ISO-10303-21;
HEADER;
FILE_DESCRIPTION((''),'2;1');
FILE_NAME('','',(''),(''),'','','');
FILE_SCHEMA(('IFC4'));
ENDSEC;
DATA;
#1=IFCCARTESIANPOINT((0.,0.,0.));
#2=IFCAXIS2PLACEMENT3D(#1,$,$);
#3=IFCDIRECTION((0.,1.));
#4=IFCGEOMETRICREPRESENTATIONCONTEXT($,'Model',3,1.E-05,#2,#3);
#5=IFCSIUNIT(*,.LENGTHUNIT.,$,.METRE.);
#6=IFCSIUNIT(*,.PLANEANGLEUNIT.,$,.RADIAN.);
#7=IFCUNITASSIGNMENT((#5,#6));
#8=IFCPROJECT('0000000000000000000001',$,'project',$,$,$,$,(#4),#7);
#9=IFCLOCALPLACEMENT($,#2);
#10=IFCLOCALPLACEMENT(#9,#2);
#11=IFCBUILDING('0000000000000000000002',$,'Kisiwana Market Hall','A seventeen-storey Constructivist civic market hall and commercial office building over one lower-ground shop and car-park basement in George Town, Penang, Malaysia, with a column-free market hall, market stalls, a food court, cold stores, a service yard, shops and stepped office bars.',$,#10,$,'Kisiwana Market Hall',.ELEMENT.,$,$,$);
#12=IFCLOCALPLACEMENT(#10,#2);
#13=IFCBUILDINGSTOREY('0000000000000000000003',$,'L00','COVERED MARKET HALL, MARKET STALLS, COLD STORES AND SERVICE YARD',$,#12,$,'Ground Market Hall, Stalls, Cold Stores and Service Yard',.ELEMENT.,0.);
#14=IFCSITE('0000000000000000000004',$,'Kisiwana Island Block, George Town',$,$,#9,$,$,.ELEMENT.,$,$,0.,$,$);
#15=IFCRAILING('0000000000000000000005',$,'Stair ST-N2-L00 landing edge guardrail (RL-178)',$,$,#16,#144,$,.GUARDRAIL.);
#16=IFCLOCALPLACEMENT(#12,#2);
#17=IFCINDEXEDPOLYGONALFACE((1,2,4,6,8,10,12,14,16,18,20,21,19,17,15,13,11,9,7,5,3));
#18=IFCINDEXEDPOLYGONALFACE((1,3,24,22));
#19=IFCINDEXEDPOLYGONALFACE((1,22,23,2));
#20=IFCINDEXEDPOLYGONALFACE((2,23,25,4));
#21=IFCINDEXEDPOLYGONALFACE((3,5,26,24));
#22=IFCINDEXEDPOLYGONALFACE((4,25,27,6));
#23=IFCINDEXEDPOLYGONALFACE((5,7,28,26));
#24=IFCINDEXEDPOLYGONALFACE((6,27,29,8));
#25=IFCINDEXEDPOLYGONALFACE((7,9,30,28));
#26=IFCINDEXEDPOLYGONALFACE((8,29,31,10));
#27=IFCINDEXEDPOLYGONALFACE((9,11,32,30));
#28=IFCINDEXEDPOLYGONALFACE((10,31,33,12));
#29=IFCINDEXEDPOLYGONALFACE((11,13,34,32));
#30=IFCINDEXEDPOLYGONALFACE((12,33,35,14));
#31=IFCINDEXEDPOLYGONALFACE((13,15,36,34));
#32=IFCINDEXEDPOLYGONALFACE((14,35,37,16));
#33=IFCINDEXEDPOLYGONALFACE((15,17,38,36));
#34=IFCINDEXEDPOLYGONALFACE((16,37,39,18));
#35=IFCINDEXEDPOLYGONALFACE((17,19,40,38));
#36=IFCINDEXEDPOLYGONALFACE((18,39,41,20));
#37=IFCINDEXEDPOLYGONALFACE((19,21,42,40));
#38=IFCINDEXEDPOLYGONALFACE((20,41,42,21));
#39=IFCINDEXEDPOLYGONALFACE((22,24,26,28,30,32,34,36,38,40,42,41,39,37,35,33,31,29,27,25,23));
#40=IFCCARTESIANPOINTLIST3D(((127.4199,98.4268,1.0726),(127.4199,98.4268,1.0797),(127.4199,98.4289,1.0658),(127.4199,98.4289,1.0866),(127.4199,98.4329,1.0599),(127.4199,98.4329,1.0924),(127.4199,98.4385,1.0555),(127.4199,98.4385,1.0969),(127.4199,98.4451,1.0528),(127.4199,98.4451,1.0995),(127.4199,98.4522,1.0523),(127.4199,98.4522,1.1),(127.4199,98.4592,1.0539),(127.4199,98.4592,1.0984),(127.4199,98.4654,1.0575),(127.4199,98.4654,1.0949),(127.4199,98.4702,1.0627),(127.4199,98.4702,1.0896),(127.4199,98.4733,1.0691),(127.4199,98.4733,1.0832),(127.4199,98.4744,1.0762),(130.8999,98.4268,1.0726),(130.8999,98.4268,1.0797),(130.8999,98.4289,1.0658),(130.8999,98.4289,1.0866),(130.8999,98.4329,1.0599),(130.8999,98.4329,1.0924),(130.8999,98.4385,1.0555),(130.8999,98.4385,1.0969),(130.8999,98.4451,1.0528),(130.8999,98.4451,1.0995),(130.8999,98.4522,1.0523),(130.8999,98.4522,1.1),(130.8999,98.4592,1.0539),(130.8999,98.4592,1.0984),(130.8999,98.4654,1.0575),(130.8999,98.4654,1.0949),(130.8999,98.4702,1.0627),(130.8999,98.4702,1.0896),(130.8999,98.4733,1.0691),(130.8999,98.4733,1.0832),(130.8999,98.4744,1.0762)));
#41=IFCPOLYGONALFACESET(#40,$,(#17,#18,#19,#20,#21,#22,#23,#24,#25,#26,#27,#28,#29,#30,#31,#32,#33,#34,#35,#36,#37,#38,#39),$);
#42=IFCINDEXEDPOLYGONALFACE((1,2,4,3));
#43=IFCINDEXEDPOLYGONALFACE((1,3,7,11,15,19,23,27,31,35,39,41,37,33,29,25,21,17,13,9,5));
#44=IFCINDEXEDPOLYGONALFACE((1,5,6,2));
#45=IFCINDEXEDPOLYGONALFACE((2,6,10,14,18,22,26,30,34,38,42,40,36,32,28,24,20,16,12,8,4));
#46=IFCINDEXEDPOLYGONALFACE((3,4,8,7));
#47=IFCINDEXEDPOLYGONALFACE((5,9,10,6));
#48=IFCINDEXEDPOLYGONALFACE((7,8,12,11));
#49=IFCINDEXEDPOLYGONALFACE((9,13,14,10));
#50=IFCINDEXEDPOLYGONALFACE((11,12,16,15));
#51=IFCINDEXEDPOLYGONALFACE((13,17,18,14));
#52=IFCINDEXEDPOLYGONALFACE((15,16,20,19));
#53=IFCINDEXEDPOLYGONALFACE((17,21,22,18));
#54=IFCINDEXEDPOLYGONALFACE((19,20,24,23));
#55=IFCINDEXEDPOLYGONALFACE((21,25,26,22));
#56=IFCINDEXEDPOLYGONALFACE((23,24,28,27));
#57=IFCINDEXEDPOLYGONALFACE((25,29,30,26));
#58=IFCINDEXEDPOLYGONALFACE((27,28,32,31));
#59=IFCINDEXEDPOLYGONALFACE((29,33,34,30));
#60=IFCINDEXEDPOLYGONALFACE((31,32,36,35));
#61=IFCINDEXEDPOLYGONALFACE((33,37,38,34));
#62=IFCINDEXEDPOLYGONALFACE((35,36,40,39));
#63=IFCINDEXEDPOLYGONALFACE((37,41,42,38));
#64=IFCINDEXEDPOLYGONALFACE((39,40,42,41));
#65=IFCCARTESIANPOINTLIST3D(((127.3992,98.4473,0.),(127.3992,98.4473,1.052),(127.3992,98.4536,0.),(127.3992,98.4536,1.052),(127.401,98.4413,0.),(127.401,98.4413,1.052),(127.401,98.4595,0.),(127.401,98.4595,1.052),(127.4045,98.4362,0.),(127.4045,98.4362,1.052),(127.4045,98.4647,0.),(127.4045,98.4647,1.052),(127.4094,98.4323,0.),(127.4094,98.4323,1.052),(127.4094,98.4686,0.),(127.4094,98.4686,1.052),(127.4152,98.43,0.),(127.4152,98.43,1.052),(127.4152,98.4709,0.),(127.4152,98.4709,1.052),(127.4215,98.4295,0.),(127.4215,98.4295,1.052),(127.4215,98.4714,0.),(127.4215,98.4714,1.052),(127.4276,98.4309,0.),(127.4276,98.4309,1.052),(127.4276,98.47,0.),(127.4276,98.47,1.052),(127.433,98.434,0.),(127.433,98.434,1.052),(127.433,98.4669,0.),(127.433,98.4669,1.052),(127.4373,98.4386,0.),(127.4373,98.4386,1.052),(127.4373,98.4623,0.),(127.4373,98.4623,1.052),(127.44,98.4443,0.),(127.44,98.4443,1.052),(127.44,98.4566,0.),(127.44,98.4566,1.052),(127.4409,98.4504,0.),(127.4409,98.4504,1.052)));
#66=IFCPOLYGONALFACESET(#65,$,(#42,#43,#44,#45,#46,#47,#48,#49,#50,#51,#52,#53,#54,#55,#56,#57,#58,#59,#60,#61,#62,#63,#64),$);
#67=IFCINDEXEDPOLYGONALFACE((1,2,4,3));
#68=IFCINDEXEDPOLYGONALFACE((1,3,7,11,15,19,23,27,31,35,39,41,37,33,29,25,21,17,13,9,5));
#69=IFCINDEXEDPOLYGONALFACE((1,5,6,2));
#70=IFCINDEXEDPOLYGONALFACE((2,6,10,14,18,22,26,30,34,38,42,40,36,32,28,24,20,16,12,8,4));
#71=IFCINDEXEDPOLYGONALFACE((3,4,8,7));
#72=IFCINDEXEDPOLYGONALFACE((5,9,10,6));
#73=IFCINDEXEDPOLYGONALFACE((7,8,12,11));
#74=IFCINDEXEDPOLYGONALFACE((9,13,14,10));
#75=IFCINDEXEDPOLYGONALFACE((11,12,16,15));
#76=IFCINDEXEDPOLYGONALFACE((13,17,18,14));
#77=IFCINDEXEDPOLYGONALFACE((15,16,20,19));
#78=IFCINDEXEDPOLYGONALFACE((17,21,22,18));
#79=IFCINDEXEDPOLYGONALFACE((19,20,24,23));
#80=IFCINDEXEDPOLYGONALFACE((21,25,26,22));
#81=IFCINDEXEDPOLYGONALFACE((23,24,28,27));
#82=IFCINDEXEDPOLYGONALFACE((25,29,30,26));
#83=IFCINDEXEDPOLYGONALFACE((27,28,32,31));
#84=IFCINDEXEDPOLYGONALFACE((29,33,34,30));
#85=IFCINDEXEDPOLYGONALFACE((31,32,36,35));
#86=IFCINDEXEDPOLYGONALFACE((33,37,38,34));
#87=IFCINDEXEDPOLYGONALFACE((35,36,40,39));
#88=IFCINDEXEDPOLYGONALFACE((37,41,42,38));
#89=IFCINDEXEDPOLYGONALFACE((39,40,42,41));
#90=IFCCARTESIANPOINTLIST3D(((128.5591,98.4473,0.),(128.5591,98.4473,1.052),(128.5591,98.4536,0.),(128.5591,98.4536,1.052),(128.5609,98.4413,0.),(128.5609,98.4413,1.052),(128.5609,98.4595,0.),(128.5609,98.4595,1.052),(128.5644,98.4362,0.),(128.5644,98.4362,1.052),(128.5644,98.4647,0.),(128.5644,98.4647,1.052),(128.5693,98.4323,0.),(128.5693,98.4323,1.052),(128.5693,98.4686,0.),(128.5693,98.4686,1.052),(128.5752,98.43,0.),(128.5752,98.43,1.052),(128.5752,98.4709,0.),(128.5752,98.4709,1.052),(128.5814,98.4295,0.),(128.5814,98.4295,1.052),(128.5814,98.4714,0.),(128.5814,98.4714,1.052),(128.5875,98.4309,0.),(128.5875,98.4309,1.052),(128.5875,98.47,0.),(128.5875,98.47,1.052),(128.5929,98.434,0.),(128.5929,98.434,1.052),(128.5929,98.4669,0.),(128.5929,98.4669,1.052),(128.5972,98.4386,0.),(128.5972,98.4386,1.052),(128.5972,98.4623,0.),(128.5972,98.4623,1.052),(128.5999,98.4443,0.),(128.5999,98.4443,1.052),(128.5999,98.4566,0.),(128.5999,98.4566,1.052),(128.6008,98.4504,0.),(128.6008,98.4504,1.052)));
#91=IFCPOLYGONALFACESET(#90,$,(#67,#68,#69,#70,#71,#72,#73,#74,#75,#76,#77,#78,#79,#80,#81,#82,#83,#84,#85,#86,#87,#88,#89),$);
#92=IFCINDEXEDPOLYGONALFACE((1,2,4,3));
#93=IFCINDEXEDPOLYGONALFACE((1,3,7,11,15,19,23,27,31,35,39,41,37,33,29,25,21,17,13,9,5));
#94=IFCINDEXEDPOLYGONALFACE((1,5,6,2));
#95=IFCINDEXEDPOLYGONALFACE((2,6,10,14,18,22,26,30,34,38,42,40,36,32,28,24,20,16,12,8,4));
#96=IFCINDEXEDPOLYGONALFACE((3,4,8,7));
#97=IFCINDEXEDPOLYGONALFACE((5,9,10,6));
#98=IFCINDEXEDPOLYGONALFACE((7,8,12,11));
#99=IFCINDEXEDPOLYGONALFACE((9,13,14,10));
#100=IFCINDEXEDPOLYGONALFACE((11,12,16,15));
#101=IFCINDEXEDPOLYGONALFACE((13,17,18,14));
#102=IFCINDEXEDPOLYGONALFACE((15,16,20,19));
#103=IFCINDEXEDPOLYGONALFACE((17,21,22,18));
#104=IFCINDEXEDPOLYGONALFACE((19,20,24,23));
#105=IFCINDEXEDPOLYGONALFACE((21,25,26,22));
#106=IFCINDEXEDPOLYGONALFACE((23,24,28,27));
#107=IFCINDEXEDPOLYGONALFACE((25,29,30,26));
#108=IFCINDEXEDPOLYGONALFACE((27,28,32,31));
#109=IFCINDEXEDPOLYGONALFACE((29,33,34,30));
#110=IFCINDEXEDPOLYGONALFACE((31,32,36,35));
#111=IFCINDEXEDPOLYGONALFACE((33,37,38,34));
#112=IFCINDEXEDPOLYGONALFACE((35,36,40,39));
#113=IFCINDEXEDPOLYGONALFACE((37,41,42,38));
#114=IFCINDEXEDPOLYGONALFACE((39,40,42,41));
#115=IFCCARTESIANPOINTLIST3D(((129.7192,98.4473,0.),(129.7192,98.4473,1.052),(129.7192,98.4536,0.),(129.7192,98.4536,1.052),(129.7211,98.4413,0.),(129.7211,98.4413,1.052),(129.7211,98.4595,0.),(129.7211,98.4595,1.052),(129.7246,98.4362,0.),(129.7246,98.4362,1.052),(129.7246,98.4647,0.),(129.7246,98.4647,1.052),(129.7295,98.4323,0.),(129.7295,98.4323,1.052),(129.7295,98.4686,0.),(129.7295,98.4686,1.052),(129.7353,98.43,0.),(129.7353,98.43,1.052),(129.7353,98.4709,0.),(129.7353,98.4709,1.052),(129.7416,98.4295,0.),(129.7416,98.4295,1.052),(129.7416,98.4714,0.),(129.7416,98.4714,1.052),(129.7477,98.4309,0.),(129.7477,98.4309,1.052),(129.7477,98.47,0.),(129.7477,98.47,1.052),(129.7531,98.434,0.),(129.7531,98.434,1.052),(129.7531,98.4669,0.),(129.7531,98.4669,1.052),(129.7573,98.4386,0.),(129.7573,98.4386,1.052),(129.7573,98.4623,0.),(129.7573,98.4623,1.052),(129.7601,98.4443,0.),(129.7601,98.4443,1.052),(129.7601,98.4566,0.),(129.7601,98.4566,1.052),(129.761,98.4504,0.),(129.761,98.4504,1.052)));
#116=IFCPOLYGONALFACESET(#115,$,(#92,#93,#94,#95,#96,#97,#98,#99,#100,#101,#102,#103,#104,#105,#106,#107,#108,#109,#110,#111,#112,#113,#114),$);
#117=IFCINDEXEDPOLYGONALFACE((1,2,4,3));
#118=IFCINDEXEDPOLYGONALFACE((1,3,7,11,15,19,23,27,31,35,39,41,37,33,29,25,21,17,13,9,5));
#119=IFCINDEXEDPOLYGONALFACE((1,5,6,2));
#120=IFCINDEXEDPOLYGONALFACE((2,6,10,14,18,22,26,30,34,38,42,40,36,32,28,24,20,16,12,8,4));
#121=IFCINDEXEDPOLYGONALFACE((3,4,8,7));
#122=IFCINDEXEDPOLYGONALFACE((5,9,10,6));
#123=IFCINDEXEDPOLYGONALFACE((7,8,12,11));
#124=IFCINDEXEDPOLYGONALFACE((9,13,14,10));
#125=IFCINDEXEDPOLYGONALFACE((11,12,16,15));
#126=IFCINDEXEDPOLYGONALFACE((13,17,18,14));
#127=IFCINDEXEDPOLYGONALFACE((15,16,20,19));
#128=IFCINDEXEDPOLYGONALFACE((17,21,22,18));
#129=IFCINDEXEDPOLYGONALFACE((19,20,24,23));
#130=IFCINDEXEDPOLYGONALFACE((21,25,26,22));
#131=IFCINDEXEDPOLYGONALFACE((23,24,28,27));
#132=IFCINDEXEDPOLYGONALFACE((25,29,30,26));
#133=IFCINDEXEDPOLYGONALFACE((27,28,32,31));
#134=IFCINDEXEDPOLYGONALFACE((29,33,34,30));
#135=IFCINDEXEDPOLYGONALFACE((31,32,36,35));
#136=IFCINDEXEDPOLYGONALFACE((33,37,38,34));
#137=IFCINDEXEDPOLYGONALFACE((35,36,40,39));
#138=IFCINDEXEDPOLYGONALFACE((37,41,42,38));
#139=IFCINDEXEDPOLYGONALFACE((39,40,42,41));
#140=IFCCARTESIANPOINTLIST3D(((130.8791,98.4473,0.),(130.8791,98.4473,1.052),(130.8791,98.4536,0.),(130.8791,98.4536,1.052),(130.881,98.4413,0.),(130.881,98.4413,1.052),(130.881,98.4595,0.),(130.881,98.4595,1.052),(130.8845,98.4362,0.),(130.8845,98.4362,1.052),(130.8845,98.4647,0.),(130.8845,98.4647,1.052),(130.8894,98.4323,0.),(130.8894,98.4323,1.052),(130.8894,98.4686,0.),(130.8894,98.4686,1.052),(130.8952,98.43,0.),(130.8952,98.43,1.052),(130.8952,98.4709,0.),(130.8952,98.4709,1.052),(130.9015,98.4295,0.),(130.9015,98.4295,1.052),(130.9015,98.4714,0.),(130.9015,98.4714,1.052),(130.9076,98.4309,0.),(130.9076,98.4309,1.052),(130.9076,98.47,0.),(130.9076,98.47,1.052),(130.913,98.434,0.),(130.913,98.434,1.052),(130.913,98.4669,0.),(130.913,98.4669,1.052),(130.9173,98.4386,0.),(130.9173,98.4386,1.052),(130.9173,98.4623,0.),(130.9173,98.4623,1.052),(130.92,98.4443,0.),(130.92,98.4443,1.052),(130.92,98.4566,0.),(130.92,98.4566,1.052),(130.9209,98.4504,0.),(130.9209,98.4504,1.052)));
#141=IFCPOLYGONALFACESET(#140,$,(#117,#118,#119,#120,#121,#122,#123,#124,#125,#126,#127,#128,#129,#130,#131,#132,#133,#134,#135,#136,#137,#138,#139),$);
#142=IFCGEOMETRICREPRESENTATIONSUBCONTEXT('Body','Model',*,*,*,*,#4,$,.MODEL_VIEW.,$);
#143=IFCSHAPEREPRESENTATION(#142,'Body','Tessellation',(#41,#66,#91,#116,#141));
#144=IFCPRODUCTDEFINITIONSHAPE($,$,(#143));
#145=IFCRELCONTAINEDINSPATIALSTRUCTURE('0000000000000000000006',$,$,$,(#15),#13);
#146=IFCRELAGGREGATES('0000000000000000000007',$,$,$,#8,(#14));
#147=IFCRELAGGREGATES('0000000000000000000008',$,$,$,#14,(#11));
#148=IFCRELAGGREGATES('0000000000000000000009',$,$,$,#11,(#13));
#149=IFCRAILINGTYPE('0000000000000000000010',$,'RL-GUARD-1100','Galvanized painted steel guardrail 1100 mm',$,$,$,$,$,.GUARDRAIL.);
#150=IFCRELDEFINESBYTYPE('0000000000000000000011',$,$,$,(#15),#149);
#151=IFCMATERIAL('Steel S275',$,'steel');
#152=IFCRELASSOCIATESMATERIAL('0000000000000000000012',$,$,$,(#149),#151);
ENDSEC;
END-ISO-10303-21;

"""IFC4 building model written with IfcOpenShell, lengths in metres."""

from ifc_helpers import new_model, si_unit, direction, frame, origin, origin_2d, place, context, subcontext, project, spatial, circle, extrude, material, type_object, element, save


model = new_model("IFC4")

# Units and contexts
model_context = context("Model", 3, precision=1e-05, world=origin(), true_north=direction((0.0, 1.0)))
body_context = subcontext(model_context, "Body", "Model", "MODEL_VIEW")
ifc_project = project(units=[si_unit("LENGTHUNIT", "METRE"), si_unit("PLANEANGLEUNIT", "RADIAN")], contexts=[model_context])

# Site, building, storey
site_placement = place(None, origin())
site = spatial("IfcSite", under=ifc_project, at=site_placement, Name="Kisiwana Island Block, George Town", CompositionType="ELEMENT", RefElevation=0.0)
building_placement = place(site_placement, origin())
building = spatial("IfcBuilding", under=site, at=building_placement, Name="Kisiwana Market Hall", Description="A seventeen-storey Constructivist civic market hall and commercial office building over one lower-ground shop and car-park basement in George Town, Penang, Malaysia, with a column-free market hall, market stalls, a food court, cold stores, a service yard, shops and stepped office bars.", LongName="Kisiwana Market Hall", CompositionType="ELEMENT")
storey_placement = place(building_placement, origin())
storey = spatial("IfcBuildingStorey", under=building, at=storey_placement, Name="L00", Description="COVERED MARKET HALL, MARKET STALLS, COLD STORES AND SERVICE YARD", LongName="Ground Market Hall, Stalls, Cold Stores and Service Yard", CompositionType="ELEMENT", Elevation=0.0)

# Railing
ifc_material_1 = material(Name="Steel S275", Category="steel")
railing_type = type_object("IfcRailingType", Name="RL-GUARD-1100", Description="Galvanized painted steel guardrail 1100 mm", PredefinedType="GUARDRAIL", material=ifc_material_1)
railing_placement = place(storey_placement, frame((127.4199, 98.4504, 0.0)))
element("IfcRailing", 1, at=railing_placement, inside=storey, type_object=railing_type, Name="Stair ST-N2-L00 landing edge guardrail (RL-178)", PredefinedType="GUARDRAIL", context=body_context, shape_type="SweptSolid", body=[
    extrude(circle(Radius=0.0239, at=origin_2d()), frame((0.0, 0.0, 1.0762), z_axis=(1.0, 0.0, 0.0), x_axis=(0.0, 1.0, 0.0)), (0.0, 0.0, 1.0), 3.48),
    extrude(circle(Radius=0.021, at=origin_2d()), origin(), (0.0, 0.0, 1.0), 1.052),
    extrude(circle(Radius=0.021, at=origin_2d()), frame((1.1599, 0.0, 0.0)), (0.0, 0.0, 1.0), 1.052),
    extrude(circle(Radius=0.021, at=origin_2d()), frame((2.3201, 0.0, 0.0)), (0.0, 0.0, 1.0), 1.052),
    extrude(circle(Radius=0.021, at=origin_2d()), frame((3.48, 0.0, 0.0)), (0.0, 0.0, 1.0), 1.052),
])

save(model, "model.ifc")
